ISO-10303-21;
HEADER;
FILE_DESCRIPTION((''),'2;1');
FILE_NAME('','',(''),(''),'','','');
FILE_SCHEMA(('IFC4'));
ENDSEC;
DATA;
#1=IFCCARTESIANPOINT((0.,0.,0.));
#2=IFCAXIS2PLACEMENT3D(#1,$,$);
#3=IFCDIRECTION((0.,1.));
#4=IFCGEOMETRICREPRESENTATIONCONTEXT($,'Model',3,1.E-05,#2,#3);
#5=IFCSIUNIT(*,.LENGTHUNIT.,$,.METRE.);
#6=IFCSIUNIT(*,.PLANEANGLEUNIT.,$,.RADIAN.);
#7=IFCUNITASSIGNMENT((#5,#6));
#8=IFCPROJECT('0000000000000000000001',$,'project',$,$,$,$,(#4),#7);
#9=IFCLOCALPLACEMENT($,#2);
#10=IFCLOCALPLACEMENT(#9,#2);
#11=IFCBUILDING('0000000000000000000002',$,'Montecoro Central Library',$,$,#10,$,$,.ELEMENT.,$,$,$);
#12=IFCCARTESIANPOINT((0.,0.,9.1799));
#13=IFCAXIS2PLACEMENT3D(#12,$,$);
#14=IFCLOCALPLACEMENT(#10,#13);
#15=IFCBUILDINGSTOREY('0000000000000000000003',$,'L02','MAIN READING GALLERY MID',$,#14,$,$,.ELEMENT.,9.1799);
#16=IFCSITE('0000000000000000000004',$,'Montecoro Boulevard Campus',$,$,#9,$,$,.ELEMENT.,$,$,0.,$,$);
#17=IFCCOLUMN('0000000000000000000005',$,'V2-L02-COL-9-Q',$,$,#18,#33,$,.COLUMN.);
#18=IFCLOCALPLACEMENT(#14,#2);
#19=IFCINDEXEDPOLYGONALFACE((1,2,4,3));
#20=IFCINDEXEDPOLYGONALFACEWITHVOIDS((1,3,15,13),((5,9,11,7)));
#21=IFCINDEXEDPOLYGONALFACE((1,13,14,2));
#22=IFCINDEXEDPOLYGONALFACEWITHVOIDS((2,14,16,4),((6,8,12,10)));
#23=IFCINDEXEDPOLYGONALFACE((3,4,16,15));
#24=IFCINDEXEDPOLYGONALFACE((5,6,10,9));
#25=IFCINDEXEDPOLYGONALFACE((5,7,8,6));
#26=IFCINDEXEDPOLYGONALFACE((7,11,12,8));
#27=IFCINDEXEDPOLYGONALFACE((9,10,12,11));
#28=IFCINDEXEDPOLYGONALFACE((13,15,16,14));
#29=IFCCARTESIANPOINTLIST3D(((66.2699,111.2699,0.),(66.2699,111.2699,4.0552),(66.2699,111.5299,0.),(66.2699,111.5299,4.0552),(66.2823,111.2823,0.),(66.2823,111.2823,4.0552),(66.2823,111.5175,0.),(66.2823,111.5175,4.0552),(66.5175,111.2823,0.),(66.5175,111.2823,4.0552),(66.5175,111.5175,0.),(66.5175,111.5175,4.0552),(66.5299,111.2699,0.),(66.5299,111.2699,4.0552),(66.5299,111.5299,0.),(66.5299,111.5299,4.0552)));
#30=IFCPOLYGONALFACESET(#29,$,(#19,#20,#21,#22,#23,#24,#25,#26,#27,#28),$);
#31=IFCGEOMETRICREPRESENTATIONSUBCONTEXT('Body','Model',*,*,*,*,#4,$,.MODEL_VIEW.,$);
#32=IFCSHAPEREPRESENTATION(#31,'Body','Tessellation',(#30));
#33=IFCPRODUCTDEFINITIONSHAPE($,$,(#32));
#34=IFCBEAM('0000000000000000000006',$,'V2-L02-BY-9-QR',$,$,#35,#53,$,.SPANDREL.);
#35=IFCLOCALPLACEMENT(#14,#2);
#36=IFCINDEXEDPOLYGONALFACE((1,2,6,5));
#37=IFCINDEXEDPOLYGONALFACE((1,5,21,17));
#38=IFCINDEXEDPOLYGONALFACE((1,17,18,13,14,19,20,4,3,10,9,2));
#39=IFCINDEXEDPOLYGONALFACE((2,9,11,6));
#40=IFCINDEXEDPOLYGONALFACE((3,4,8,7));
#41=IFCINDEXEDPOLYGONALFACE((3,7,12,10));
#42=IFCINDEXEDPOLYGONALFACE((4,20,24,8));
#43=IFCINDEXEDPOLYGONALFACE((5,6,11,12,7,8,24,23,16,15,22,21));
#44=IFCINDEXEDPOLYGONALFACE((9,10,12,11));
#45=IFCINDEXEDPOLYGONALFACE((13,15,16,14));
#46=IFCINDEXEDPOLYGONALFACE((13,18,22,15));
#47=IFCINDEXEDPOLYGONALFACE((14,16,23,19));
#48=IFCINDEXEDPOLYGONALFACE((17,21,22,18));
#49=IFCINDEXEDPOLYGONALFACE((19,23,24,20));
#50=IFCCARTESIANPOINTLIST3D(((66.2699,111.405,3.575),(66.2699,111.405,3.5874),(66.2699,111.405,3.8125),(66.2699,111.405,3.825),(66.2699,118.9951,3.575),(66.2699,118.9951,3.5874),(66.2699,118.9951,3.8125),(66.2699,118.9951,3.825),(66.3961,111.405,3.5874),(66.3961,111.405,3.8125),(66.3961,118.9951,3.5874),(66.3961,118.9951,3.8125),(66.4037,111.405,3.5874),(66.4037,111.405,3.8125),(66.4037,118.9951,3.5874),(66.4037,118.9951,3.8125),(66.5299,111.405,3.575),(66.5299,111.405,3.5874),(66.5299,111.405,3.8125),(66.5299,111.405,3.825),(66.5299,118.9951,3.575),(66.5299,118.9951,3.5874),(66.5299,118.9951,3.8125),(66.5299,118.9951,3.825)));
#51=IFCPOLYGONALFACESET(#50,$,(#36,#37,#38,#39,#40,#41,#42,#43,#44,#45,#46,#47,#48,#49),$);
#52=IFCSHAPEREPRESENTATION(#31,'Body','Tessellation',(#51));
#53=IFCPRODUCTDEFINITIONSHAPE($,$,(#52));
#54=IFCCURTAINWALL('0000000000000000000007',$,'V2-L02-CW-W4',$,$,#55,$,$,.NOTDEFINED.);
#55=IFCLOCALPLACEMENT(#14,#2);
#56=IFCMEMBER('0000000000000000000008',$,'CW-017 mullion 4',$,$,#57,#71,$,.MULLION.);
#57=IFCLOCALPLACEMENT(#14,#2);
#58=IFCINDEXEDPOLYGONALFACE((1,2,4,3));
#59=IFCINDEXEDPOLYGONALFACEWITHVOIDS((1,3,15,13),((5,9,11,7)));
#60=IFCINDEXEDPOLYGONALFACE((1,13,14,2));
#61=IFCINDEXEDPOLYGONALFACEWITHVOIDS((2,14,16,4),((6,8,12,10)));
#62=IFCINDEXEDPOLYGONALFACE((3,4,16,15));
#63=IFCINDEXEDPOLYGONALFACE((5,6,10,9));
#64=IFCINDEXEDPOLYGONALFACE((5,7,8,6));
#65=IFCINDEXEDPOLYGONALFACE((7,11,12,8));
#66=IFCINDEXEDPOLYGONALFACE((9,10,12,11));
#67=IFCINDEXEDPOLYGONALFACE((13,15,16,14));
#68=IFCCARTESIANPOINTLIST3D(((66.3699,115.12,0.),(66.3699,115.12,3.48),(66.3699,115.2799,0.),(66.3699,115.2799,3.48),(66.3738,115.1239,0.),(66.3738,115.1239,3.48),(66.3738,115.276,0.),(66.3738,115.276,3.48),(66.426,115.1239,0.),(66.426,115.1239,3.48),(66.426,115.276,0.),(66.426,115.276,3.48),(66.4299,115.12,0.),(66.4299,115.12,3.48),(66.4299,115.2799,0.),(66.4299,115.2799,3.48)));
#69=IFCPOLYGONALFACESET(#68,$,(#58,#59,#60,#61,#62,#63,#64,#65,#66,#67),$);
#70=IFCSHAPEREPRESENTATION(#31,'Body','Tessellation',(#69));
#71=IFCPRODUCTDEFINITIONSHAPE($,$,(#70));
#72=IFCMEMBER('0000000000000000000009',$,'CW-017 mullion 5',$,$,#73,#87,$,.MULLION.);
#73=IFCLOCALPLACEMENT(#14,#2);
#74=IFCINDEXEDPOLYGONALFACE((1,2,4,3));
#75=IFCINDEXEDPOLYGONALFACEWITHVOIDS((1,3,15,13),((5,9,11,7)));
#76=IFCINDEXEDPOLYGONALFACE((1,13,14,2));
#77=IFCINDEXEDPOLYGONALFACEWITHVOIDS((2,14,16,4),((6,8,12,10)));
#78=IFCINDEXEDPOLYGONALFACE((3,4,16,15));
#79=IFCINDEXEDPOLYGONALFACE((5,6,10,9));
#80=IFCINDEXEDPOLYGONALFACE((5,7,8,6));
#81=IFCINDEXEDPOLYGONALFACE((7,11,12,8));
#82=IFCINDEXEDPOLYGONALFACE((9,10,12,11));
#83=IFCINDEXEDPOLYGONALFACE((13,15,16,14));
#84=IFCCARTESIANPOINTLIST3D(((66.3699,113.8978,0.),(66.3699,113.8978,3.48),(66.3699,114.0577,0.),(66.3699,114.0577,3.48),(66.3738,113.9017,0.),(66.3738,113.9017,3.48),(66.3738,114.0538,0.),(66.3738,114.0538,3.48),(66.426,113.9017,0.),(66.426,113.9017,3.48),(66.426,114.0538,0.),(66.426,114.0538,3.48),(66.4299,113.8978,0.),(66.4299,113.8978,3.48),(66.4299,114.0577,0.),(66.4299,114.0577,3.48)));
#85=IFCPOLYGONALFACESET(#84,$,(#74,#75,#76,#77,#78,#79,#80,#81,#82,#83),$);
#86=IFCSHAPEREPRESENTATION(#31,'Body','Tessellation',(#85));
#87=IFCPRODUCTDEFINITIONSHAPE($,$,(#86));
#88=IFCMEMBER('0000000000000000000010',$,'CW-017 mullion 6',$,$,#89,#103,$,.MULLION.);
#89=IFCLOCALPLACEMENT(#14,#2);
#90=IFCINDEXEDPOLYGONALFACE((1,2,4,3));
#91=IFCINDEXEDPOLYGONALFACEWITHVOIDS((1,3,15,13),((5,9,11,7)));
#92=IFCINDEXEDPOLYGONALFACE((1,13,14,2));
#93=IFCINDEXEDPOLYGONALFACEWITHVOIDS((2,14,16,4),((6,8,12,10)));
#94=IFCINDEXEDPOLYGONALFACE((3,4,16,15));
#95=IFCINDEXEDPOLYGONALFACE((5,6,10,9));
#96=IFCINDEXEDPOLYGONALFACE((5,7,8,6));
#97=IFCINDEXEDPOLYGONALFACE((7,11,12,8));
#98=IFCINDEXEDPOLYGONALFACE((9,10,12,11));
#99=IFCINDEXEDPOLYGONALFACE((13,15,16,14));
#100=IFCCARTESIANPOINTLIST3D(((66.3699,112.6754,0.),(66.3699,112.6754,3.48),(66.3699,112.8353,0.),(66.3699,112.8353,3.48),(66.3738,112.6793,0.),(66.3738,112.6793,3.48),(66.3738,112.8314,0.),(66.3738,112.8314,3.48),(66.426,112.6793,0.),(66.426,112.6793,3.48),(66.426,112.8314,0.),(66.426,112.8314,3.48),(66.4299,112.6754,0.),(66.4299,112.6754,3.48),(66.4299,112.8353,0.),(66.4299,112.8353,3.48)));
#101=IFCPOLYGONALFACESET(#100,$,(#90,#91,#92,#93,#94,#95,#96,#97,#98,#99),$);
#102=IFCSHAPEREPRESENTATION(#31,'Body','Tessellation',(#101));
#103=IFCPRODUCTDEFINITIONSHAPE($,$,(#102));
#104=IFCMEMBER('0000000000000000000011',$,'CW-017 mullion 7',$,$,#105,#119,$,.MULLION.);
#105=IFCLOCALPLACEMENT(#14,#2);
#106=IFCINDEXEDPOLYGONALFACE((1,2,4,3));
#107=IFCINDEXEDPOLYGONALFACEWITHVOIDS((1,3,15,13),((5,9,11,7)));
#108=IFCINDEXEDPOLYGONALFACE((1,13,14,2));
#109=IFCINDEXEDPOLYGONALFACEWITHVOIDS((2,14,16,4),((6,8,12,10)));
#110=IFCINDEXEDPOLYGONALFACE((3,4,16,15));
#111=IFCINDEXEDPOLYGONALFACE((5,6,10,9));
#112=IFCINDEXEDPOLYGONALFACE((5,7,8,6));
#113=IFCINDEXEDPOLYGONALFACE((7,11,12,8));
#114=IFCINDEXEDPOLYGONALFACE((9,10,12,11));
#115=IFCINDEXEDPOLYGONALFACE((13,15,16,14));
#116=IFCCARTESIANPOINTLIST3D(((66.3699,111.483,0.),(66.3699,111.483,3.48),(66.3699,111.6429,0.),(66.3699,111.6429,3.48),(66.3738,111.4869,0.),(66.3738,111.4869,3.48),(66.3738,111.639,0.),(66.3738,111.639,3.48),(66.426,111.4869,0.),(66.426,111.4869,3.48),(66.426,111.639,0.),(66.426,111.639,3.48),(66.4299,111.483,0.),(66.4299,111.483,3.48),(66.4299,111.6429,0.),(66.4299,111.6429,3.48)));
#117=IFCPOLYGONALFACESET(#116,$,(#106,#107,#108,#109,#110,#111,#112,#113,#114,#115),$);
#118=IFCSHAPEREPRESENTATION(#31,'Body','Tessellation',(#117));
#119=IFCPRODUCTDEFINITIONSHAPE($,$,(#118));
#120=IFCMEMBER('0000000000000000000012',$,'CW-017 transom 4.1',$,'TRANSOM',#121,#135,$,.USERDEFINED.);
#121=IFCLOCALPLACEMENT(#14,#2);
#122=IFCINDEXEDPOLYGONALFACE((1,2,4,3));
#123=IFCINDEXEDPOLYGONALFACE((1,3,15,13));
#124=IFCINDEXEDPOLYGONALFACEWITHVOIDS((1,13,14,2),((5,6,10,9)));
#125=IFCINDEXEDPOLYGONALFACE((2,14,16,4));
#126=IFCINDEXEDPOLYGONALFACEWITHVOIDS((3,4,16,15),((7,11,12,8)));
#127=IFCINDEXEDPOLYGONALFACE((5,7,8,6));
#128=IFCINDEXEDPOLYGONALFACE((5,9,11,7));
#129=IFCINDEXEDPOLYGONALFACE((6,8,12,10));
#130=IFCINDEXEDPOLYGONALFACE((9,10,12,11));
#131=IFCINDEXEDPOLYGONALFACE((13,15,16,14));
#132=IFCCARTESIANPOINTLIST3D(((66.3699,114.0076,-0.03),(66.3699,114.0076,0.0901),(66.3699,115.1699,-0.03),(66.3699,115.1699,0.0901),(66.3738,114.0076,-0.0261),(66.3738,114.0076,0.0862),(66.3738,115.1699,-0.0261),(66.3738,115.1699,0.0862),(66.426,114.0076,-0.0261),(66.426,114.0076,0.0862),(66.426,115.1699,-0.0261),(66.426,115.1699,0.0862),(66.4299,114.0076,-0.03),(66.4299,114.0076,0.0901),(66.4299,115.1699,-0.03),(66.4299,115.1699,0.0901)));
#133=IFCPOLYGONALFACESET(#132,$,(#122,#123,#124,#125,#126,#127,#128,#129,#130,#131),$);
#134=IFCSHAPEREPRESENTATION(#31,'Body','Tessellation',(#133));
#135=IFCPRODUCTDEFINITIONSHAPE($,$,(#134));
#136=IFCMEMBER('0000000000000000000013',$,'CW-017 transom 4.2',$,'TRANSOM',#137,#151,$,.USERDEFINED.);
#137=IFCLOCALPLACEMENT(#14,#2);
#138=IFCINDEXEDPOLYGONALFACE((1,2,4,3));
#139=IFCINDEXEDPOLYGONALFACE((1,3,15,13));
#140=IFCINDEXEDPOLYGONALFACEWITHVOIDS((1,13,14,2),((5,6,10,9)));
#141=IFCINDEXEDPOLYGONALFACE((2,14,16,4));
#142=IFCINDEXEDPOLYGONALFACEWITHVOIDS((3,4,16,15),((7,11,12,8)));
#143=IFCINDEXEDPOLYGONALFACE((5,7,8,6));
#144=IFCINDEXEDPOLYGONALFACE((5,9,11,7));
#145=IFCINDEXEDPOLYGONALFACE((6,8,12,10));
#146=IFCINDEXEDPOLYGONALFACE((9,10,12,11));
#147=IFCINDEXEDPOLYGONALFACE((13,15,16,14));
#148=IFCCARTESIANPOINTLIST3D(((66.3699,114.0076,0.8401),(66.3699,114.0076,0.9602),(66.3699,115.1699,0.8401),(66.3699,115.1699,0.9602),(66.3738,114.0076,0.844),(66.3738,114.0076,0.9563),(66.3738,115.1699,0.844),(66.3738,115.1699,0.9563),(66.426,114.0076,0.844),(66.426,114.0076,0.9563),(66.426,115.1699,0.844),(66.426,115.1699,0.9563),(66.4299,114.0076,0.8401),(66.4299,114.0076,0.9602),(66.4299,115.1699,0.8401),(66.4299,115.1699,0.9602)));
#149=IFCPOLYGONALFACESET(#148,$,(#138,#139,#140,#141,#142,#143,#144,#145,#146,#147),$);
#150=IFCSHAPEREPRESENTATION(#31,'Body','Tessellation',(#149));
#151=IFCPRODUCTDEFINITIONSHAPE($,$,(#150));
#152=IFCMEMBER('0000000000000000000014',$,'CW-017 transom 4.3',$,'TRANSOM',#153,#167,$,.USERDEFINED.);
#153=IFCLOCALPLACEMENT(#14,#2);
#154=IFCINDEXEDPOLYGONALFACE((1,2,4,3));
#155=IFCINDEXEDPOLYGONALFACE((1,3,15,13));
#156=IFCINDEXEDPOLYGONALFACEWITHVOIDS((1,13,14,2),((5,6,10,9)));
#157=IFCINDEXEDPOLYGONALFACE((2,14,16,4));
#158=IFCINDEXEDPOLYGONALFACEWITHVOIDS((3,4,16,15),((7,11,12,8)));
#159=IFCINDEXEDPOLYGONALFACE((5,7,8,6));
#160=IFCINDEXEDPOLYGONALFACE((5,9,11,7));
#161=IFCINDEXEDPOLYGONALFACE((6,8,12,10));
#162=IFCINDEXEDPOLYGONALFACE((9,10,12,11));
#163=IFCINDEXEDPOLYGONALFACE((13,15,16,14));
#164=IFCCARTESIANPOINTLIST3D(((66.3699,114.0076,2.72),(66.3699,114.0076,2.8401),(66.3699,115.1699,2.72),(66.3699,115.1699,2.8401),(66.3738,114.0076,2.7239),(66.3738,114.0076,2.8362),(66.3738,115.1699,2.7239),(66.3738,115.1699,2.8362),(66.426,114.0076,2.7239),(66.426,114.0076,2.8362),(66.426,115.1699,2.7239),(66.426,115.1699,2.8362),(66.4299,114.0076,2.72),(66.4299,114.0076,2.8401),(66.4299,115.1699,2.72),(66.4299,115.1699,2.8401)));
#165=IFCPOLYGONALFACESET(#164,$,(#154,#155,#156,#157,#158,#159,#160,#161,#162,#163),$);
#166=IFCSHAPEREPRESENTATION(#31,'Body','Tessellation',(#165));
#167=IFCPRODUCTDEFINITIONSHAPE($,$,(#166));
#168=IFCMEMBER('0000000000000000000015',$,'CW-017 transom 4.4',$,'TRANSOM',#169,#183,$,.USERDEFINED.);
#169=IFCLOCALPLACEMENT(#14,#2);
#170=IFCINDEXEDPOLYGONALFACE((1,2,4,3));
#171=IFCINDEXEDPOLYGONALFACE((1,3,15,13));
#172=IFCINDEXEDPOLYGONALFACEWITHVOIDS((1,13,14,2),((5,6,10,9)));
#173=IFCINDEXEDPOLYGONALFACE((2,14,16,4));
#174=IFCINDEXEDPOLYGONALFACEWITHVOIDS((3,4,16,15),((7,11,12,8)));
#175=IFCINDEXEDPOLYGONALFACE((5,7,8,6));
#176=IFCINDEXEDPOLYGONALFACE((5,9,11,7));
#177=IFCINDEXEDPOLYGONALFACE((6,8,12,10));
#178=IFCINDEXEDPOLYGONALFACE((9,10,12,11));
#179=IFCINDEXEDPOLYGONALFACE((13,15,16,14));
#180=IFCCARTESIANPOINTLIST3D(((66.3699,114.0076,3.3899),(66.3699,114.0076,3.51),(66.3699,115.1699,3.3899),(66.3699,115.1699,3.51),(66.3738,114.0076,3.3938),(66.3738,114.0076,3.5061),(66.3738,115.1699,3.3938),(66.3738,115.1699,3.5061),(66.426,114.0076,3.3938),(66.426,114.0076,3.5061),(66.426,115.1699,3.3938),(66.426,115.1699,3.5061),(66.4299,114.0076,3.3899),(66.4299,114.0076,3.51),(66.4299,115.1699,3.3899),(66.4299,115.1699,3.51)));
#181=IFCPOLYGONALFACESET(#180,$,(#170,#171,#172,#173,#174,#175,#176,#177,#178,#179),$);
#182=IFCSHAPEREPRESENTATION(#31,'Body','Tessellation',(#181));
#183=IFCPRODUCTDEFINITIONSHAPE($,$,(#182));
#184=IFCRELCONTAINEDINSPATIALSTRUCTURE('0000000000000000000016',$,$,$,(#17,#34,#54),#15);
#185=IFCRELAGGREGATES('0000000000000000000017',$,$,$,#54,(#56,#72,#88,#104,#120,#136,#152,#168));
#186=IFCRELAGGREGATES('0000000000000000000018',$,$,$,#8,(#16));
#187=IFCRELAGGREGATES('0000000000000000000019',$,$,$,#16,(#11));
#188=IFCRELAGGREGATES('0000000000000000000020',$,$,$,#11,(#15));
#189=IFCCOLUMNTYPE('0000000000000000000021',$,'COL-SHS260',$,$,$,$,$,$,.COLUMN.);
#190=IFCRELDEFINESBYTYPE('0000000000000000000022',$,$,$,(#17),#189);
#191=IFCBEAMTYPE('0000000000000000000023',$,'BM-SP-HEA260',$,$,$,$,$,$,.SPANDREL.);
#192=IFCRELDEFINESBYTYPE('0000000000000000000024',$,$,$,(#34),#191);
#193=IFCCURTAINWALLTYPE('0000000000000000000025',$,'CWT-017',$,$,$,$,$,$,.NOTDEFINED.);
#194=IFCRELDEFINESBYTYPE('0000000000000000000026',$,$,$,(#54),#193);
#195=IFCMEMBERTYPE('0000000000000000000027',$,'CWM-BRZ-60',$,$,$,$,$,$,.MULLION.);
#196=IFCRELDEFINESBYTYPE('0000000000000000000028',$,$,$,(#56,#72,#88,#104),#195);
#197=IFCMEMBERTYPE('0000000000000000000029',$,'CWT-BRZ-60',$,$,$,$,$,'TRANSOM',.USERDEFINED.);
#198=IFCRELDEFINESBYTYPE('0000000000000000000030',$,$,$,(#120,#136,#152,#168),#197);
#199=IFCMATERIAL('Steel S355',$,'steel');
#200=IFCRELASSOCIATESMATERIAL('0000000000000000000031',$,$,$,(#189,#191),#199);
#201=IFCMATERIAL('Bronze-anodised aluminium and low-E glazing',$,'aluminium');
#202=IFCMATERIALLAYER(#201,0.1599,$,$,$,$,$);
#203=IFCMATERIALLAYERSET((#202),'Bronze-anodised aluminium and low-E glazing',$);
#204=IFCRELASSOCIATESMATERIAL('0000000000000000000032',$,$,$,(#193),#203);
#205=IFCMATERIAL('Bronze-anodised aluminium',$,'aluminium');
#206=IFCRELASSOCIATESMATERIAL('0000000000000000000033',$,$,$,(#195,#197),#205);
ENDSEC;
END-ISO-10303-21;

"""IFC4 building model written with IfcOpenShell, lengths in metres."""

from ifc_helpers import new_model, si_unit, direction, frame, origin, origin_2d, place, context, subcontext, project, spatial, hollow_rectangle, i_section, extrude, material, layer, layer_set, material_profile, profile_set, type_object, element, aggregate, save


model = new_model("IFC4")

# Units and contexts
model_context = context("Model", 3, precision=1e-05, world=origin(), true_north=direction((0.0, 1.0)))
body_context = subcontext(model_context, "Body", "Model", "MODEL_VIEW")
ifc_project = project(units=[si_unit("LENGTHUNIT", "METRE"), si_unit("PLANEANGLEUNIT", "RADIAN")], contexts=[model_context])

# Site, building, storey
site_placement = place(None, origin())
site = spatial("IfcSite", under=ifc_project, at=site_placement, Name="Montecoro Boulevard Campus", CompositionType="ELEMENT", RefElevation=0.0)
building_placement = place(site_placement, origin())
building = spatial("IfcBuilding", under=site, at=building_placement, Name="Montecoro Central Library", CompositionType="ELEMENT")
storey_placement = place(building_placement, frame((0.0, 0.0, 9.1799)))
storey = spatial("IfcBuildingStorey", under=building, at=storey_placement, Name="L02", Description="MAIN READING GALLERY MID", CompositionType="ELEMENT", Elevation=9.1799)

# Column
ifc_material_1 = material(Name="Steel S355", Category="steel")
ifc_material_profile_1 = material_profile(ifc_material_1, hollow_rectangle(XDim=0.26, YDim=0.26, WallThickness=0.0125, at=origin_2d()), Name="SHS 260x260x12.5")
ifc_profile_set_1 = profile_set([ifc_material_profile_1], Name="Steel S355")
column_type = type_object("IfcColumnType", Name="COL-SHS260", PredefinedType="COLUMN", material=ifc_profile_set_1)
column_placement = place(storey_placement, frame((66.3999, 111.3999, 0.0), z_axis=(0.0, 0.0, 1.0), x_axis=(1.0, 0.0, 0.0)))
element("IfcColumn", 1, at=column_placement, inside=storey, type_object=column_type, Name="V2-L02-COL-9-Q", PredefinedType="COLUMN", context=body_context, shape_type="SweptSolid", body=[
    extrude(hollow_rectangle(XDim=0.26, YDim=0.26, WallThickness=0.0125, at=origin_2d()), origin(), (0.0, 0.0, 1.0), 4.0552),
])

# Beam
ifc_material_profile_2 = material_profile(ifc_material_1, i_section(OverallWidth=0.26, OverallDepth=0.25, WebThickness=0.0076, FlangeThickness=0.0125, at=origin_2d()), Name="HEA 260")
ifc_profile_set_2 = profile_set([ifc_material_profile_2], Name="Steel S355")
beam_type = type_object("IfcBeamType", Name="BM-SP-HEA260", PredefinedType="SPANDREL", material=ifc_profile_set_2)
beam_placement = place(storey_placement, frame((66.3999, 111.405, 3.7), z_axis=(0.0, 1.0, 0.0), x_axis=(-1.0, 0.0, 0.0)))
element("IfcBeam", 2, at=beam_placement, inside=storey, type_object=beam_type, Name="V2-L02-BY-9-QR", PredefinedType="SPANDREL", context=body_context, shape_type="SweptSolid", body=[
    extrude(i_section(OverallWidth=0.26, OverallDepth=0.25, WebThickness=0.0076, FlangeThickness=0.0125, at=origin_2d()), origin(), (0.0, 0.0, 1.0), 7.5901),
])

# Curtain wall, members
ifc_material_2 = material(Name="Bronze-anodised aluminium and low-E glazing", Category="aluminium")
ifc_layer_1 = layer(ifc_material_2, 0.1599)
ifc_layer_set_1 = layer_set([ifc_layer_1], Name="Bronze-anodised aluminium and low-E glazing")
curtain_wall_type = type_object("IfcCurtainWallType", Name="CWT-017", PredefinedType="NOTDEFINED", material=ifc_layer_set_1)
curtain_wall_placement = place(storey_placement, origin())
curtain_wall = element("IfcCurtainWall", 3, at=curtain_wall_placement, inside=storey, type_object=curtain_wall_type, Name="V2-L02-CW-W4", PredefinedType="NOTDEFINED")
ifc_material_3 = material(Name="Bronze-anodised aluminium", Category="aluminium")
ifc_material_profile_3 = material_profile(ifc_material_3, hollow_rectangle(XDim=0.0601, YDim=0.1599, WallThickness=0.0039, at=origin_2d()), Name="CWM 160x60x4.0")
ifc_profile_set_3 = profile_set([ifc_material_profile_3], Name="Bronze-anodised aluminium")
member_type_1 = type_object("IfcMemberType", Name="CWM-BRZ-60", PredefinedType="MULLION", material=ifc_profile_set_3)
member_1_placement = place(storey_placement, frame((66.3999, 115.2, 0.0), z_axis=(0.0, 0.0, 1.0), x_axis=(1.0, 0.0, 0.0)))
member_1 = element("IfcMember", 4, at=member_1_placement, type_object=member_type_1, Name="CW-017 mullion 4", PredefinedType="MULLION", context=body_context, shape_type="SweptSolid", body=[
    extrude(hollow_rectangle(XDim=0.0601, YDim=0.1599, WallThickness=0.0039, at=origin_2d()), origin(), (0.0, 0.0, 1.0), 3.48),
])
member_2_placement = place(storey_placement, frame((66.3999, 113.9778, 0.0), z_axis=(0.0, 0.0, 1.0), x_axis=(1.0, 0.0, 0.0)))
member_2 = element("IfcMember", 5, at=member_2_placement, type_object=member_type_1, Name="CW-017 mullion 5", PredefinedType="MULLION", context=body_context, shape_type="SweptSolid", body=[
    extrude(hollow_rectangle(XDim=0.0601, YDim=0.1599, WallThickness=0.0039, at=origin_2d()), origin(), (0.0, 0.0, 1.0), 3.48),
])
member_3_placement = place(storey_placement, frame((66.3999, 112.7554, 0.0), z_axis=(0.0, 0.0, 1.0), x_axis=(1.0, 0.0, 0.0)))
member_3 = element("IfcMember", 6, at=member_3_placement, type_object=member_type_1, Name="CW-017 mullion 6", PredefinedType="MULLION", context=body_context, shape_type="SweptSolid", body=[
    extrude(hollow_rectangle(XDim=0.0601, YDim=0.1599, WallThickness=0.0039, at=origin_2d()), origin(), (0.0, 0.0, 1.0), 3.48),
])
member_4_placement = place(storey_placement, frame((66.3999, 111.563, 0.0), z_axis=(0.0, 0.0, 1.0), x_axis=(1.0, 0.0, 0.0)))
member_4 = element("IfcMember", 7, at=member_4_placement, type_object=member_type_1, Name="CW-017 mullion 7", PredefinedType="MULLION", context=body_context, shape_type="SweptSolid", body=[
    extrude(hollow_rectangle(XDim=0.0601, YDim=0.1599, WallThickness=0.0039, at=origin_2d()), origin(), (0.0, 0.0, 1.0), 3.48),
])
ifc_material_profile_4 = material_profile(ifc_material_3, hollow_rectangle(XDim=0.0601, YDim=0.1201, WallThickness=0.0039, at=origin_2d()), Name="CWT 120x60x4.0")
ifc_profile_set_4 = profile_set([ifc_material_profile_4], Name="Bronze-anodised aluminium")
member_type_2 = type_object("IfcMemberType", Name="CWT-BRZ-60", ElementType="TRANSOM", PredefinedType="USERDEFINED", material=ifc_profile_set_4)
member_5_placement = place(storey_placement, frame((66.3999, 115.1699, 0.03), z_axis=(0.0, -1.0, 0.0), x_axis=(1.0, 0.0, 0.0)))
member_5 = element("IfcMember", 8, at=member_5_placement, type_object=member_type_2, Name="CW-017 transom 4.1", ObjectType="TRANSOM", PredefinedType="USERDEFINED", context=body_context, shape_type="SweptSolid", body=[
    extrude(hollow_rectangle(XDim=0.0601, YDim=0.1201, WallThickness=0.0039, at=origin_2d()), origin(), (0.0, 0.0, 1.0), 1.1624),
])
member_6_placement = place(storey_placement, frame((66.3999, 115.1699, 0.9001), z_axis=(0.0, -1.0, 0.0), x_axis=(1.0, 0.0, 0.0)))
member_6 = element("IfcMember", 9, at=member_6_placement, type_object=member_type_2, Name="CW-017 transom 4.2", ObjectType="TRANSOM", PredefinedType="USERDEFINED", context=body_context, shape_type="SweptSolid", body=[
    extrude(hollow_rectangle(XDim=0.0601, YDim=0.1201, WallThickness=0.0039, at=origin_2d()), origin(), (0.0, 0.0, 1.0), 1.1624),
])
member_7_placement = place(storey_placement, frame((66.3999, 115.1699, 2.78), z_axis=(0.0, -1.0, 0.0), x_axis=(1.0, 0.0, 0.0)))
member_7 = element("IfcMember", 10, at=member_7_placement, type_object=member_type_2, Name="CW-017 transom 4.3", ObjectType="TRANSOM", PredefinedType="USERDEFINED", context=body_context, shape_type="SweptSolid", body=[
    extrude(hollow_rectangle(XDim=0.0601, YDim=0.1201, WallThickness=0.0039, at=origin_2d()), origin(), (0.0, 0.0, 1.0), 1.1624),
])
member_8_placement = place(storey_placement, frame((66.3999, 115.1699, 3.45), z_axis=(0.0, -1.0, 0.0), x_axis=(1.0, 0.0, 0.0)))
member_8 = element("IfcMember", 11, at=member_8_placement, type_object=member_type_2, Name="CW-017 transom 4.4", ObjectType="TRANSOM", PredefinedType="USERDEFINED", context=body_context, shape_type="SweptSolid", body=[
    extrude(hollow_rectangle(XDim=0.0601, YDim=0.1201, WallThickness=0.0039, at=origin_2d()), origin(), (0.0, 0.0, 1.0), 1.1624),
])
aggregate(curtain_wall, [member_1, member_2, member_3, member_4, member_5, member_6, member_7, member_8])

save(model, "model.ifc")
